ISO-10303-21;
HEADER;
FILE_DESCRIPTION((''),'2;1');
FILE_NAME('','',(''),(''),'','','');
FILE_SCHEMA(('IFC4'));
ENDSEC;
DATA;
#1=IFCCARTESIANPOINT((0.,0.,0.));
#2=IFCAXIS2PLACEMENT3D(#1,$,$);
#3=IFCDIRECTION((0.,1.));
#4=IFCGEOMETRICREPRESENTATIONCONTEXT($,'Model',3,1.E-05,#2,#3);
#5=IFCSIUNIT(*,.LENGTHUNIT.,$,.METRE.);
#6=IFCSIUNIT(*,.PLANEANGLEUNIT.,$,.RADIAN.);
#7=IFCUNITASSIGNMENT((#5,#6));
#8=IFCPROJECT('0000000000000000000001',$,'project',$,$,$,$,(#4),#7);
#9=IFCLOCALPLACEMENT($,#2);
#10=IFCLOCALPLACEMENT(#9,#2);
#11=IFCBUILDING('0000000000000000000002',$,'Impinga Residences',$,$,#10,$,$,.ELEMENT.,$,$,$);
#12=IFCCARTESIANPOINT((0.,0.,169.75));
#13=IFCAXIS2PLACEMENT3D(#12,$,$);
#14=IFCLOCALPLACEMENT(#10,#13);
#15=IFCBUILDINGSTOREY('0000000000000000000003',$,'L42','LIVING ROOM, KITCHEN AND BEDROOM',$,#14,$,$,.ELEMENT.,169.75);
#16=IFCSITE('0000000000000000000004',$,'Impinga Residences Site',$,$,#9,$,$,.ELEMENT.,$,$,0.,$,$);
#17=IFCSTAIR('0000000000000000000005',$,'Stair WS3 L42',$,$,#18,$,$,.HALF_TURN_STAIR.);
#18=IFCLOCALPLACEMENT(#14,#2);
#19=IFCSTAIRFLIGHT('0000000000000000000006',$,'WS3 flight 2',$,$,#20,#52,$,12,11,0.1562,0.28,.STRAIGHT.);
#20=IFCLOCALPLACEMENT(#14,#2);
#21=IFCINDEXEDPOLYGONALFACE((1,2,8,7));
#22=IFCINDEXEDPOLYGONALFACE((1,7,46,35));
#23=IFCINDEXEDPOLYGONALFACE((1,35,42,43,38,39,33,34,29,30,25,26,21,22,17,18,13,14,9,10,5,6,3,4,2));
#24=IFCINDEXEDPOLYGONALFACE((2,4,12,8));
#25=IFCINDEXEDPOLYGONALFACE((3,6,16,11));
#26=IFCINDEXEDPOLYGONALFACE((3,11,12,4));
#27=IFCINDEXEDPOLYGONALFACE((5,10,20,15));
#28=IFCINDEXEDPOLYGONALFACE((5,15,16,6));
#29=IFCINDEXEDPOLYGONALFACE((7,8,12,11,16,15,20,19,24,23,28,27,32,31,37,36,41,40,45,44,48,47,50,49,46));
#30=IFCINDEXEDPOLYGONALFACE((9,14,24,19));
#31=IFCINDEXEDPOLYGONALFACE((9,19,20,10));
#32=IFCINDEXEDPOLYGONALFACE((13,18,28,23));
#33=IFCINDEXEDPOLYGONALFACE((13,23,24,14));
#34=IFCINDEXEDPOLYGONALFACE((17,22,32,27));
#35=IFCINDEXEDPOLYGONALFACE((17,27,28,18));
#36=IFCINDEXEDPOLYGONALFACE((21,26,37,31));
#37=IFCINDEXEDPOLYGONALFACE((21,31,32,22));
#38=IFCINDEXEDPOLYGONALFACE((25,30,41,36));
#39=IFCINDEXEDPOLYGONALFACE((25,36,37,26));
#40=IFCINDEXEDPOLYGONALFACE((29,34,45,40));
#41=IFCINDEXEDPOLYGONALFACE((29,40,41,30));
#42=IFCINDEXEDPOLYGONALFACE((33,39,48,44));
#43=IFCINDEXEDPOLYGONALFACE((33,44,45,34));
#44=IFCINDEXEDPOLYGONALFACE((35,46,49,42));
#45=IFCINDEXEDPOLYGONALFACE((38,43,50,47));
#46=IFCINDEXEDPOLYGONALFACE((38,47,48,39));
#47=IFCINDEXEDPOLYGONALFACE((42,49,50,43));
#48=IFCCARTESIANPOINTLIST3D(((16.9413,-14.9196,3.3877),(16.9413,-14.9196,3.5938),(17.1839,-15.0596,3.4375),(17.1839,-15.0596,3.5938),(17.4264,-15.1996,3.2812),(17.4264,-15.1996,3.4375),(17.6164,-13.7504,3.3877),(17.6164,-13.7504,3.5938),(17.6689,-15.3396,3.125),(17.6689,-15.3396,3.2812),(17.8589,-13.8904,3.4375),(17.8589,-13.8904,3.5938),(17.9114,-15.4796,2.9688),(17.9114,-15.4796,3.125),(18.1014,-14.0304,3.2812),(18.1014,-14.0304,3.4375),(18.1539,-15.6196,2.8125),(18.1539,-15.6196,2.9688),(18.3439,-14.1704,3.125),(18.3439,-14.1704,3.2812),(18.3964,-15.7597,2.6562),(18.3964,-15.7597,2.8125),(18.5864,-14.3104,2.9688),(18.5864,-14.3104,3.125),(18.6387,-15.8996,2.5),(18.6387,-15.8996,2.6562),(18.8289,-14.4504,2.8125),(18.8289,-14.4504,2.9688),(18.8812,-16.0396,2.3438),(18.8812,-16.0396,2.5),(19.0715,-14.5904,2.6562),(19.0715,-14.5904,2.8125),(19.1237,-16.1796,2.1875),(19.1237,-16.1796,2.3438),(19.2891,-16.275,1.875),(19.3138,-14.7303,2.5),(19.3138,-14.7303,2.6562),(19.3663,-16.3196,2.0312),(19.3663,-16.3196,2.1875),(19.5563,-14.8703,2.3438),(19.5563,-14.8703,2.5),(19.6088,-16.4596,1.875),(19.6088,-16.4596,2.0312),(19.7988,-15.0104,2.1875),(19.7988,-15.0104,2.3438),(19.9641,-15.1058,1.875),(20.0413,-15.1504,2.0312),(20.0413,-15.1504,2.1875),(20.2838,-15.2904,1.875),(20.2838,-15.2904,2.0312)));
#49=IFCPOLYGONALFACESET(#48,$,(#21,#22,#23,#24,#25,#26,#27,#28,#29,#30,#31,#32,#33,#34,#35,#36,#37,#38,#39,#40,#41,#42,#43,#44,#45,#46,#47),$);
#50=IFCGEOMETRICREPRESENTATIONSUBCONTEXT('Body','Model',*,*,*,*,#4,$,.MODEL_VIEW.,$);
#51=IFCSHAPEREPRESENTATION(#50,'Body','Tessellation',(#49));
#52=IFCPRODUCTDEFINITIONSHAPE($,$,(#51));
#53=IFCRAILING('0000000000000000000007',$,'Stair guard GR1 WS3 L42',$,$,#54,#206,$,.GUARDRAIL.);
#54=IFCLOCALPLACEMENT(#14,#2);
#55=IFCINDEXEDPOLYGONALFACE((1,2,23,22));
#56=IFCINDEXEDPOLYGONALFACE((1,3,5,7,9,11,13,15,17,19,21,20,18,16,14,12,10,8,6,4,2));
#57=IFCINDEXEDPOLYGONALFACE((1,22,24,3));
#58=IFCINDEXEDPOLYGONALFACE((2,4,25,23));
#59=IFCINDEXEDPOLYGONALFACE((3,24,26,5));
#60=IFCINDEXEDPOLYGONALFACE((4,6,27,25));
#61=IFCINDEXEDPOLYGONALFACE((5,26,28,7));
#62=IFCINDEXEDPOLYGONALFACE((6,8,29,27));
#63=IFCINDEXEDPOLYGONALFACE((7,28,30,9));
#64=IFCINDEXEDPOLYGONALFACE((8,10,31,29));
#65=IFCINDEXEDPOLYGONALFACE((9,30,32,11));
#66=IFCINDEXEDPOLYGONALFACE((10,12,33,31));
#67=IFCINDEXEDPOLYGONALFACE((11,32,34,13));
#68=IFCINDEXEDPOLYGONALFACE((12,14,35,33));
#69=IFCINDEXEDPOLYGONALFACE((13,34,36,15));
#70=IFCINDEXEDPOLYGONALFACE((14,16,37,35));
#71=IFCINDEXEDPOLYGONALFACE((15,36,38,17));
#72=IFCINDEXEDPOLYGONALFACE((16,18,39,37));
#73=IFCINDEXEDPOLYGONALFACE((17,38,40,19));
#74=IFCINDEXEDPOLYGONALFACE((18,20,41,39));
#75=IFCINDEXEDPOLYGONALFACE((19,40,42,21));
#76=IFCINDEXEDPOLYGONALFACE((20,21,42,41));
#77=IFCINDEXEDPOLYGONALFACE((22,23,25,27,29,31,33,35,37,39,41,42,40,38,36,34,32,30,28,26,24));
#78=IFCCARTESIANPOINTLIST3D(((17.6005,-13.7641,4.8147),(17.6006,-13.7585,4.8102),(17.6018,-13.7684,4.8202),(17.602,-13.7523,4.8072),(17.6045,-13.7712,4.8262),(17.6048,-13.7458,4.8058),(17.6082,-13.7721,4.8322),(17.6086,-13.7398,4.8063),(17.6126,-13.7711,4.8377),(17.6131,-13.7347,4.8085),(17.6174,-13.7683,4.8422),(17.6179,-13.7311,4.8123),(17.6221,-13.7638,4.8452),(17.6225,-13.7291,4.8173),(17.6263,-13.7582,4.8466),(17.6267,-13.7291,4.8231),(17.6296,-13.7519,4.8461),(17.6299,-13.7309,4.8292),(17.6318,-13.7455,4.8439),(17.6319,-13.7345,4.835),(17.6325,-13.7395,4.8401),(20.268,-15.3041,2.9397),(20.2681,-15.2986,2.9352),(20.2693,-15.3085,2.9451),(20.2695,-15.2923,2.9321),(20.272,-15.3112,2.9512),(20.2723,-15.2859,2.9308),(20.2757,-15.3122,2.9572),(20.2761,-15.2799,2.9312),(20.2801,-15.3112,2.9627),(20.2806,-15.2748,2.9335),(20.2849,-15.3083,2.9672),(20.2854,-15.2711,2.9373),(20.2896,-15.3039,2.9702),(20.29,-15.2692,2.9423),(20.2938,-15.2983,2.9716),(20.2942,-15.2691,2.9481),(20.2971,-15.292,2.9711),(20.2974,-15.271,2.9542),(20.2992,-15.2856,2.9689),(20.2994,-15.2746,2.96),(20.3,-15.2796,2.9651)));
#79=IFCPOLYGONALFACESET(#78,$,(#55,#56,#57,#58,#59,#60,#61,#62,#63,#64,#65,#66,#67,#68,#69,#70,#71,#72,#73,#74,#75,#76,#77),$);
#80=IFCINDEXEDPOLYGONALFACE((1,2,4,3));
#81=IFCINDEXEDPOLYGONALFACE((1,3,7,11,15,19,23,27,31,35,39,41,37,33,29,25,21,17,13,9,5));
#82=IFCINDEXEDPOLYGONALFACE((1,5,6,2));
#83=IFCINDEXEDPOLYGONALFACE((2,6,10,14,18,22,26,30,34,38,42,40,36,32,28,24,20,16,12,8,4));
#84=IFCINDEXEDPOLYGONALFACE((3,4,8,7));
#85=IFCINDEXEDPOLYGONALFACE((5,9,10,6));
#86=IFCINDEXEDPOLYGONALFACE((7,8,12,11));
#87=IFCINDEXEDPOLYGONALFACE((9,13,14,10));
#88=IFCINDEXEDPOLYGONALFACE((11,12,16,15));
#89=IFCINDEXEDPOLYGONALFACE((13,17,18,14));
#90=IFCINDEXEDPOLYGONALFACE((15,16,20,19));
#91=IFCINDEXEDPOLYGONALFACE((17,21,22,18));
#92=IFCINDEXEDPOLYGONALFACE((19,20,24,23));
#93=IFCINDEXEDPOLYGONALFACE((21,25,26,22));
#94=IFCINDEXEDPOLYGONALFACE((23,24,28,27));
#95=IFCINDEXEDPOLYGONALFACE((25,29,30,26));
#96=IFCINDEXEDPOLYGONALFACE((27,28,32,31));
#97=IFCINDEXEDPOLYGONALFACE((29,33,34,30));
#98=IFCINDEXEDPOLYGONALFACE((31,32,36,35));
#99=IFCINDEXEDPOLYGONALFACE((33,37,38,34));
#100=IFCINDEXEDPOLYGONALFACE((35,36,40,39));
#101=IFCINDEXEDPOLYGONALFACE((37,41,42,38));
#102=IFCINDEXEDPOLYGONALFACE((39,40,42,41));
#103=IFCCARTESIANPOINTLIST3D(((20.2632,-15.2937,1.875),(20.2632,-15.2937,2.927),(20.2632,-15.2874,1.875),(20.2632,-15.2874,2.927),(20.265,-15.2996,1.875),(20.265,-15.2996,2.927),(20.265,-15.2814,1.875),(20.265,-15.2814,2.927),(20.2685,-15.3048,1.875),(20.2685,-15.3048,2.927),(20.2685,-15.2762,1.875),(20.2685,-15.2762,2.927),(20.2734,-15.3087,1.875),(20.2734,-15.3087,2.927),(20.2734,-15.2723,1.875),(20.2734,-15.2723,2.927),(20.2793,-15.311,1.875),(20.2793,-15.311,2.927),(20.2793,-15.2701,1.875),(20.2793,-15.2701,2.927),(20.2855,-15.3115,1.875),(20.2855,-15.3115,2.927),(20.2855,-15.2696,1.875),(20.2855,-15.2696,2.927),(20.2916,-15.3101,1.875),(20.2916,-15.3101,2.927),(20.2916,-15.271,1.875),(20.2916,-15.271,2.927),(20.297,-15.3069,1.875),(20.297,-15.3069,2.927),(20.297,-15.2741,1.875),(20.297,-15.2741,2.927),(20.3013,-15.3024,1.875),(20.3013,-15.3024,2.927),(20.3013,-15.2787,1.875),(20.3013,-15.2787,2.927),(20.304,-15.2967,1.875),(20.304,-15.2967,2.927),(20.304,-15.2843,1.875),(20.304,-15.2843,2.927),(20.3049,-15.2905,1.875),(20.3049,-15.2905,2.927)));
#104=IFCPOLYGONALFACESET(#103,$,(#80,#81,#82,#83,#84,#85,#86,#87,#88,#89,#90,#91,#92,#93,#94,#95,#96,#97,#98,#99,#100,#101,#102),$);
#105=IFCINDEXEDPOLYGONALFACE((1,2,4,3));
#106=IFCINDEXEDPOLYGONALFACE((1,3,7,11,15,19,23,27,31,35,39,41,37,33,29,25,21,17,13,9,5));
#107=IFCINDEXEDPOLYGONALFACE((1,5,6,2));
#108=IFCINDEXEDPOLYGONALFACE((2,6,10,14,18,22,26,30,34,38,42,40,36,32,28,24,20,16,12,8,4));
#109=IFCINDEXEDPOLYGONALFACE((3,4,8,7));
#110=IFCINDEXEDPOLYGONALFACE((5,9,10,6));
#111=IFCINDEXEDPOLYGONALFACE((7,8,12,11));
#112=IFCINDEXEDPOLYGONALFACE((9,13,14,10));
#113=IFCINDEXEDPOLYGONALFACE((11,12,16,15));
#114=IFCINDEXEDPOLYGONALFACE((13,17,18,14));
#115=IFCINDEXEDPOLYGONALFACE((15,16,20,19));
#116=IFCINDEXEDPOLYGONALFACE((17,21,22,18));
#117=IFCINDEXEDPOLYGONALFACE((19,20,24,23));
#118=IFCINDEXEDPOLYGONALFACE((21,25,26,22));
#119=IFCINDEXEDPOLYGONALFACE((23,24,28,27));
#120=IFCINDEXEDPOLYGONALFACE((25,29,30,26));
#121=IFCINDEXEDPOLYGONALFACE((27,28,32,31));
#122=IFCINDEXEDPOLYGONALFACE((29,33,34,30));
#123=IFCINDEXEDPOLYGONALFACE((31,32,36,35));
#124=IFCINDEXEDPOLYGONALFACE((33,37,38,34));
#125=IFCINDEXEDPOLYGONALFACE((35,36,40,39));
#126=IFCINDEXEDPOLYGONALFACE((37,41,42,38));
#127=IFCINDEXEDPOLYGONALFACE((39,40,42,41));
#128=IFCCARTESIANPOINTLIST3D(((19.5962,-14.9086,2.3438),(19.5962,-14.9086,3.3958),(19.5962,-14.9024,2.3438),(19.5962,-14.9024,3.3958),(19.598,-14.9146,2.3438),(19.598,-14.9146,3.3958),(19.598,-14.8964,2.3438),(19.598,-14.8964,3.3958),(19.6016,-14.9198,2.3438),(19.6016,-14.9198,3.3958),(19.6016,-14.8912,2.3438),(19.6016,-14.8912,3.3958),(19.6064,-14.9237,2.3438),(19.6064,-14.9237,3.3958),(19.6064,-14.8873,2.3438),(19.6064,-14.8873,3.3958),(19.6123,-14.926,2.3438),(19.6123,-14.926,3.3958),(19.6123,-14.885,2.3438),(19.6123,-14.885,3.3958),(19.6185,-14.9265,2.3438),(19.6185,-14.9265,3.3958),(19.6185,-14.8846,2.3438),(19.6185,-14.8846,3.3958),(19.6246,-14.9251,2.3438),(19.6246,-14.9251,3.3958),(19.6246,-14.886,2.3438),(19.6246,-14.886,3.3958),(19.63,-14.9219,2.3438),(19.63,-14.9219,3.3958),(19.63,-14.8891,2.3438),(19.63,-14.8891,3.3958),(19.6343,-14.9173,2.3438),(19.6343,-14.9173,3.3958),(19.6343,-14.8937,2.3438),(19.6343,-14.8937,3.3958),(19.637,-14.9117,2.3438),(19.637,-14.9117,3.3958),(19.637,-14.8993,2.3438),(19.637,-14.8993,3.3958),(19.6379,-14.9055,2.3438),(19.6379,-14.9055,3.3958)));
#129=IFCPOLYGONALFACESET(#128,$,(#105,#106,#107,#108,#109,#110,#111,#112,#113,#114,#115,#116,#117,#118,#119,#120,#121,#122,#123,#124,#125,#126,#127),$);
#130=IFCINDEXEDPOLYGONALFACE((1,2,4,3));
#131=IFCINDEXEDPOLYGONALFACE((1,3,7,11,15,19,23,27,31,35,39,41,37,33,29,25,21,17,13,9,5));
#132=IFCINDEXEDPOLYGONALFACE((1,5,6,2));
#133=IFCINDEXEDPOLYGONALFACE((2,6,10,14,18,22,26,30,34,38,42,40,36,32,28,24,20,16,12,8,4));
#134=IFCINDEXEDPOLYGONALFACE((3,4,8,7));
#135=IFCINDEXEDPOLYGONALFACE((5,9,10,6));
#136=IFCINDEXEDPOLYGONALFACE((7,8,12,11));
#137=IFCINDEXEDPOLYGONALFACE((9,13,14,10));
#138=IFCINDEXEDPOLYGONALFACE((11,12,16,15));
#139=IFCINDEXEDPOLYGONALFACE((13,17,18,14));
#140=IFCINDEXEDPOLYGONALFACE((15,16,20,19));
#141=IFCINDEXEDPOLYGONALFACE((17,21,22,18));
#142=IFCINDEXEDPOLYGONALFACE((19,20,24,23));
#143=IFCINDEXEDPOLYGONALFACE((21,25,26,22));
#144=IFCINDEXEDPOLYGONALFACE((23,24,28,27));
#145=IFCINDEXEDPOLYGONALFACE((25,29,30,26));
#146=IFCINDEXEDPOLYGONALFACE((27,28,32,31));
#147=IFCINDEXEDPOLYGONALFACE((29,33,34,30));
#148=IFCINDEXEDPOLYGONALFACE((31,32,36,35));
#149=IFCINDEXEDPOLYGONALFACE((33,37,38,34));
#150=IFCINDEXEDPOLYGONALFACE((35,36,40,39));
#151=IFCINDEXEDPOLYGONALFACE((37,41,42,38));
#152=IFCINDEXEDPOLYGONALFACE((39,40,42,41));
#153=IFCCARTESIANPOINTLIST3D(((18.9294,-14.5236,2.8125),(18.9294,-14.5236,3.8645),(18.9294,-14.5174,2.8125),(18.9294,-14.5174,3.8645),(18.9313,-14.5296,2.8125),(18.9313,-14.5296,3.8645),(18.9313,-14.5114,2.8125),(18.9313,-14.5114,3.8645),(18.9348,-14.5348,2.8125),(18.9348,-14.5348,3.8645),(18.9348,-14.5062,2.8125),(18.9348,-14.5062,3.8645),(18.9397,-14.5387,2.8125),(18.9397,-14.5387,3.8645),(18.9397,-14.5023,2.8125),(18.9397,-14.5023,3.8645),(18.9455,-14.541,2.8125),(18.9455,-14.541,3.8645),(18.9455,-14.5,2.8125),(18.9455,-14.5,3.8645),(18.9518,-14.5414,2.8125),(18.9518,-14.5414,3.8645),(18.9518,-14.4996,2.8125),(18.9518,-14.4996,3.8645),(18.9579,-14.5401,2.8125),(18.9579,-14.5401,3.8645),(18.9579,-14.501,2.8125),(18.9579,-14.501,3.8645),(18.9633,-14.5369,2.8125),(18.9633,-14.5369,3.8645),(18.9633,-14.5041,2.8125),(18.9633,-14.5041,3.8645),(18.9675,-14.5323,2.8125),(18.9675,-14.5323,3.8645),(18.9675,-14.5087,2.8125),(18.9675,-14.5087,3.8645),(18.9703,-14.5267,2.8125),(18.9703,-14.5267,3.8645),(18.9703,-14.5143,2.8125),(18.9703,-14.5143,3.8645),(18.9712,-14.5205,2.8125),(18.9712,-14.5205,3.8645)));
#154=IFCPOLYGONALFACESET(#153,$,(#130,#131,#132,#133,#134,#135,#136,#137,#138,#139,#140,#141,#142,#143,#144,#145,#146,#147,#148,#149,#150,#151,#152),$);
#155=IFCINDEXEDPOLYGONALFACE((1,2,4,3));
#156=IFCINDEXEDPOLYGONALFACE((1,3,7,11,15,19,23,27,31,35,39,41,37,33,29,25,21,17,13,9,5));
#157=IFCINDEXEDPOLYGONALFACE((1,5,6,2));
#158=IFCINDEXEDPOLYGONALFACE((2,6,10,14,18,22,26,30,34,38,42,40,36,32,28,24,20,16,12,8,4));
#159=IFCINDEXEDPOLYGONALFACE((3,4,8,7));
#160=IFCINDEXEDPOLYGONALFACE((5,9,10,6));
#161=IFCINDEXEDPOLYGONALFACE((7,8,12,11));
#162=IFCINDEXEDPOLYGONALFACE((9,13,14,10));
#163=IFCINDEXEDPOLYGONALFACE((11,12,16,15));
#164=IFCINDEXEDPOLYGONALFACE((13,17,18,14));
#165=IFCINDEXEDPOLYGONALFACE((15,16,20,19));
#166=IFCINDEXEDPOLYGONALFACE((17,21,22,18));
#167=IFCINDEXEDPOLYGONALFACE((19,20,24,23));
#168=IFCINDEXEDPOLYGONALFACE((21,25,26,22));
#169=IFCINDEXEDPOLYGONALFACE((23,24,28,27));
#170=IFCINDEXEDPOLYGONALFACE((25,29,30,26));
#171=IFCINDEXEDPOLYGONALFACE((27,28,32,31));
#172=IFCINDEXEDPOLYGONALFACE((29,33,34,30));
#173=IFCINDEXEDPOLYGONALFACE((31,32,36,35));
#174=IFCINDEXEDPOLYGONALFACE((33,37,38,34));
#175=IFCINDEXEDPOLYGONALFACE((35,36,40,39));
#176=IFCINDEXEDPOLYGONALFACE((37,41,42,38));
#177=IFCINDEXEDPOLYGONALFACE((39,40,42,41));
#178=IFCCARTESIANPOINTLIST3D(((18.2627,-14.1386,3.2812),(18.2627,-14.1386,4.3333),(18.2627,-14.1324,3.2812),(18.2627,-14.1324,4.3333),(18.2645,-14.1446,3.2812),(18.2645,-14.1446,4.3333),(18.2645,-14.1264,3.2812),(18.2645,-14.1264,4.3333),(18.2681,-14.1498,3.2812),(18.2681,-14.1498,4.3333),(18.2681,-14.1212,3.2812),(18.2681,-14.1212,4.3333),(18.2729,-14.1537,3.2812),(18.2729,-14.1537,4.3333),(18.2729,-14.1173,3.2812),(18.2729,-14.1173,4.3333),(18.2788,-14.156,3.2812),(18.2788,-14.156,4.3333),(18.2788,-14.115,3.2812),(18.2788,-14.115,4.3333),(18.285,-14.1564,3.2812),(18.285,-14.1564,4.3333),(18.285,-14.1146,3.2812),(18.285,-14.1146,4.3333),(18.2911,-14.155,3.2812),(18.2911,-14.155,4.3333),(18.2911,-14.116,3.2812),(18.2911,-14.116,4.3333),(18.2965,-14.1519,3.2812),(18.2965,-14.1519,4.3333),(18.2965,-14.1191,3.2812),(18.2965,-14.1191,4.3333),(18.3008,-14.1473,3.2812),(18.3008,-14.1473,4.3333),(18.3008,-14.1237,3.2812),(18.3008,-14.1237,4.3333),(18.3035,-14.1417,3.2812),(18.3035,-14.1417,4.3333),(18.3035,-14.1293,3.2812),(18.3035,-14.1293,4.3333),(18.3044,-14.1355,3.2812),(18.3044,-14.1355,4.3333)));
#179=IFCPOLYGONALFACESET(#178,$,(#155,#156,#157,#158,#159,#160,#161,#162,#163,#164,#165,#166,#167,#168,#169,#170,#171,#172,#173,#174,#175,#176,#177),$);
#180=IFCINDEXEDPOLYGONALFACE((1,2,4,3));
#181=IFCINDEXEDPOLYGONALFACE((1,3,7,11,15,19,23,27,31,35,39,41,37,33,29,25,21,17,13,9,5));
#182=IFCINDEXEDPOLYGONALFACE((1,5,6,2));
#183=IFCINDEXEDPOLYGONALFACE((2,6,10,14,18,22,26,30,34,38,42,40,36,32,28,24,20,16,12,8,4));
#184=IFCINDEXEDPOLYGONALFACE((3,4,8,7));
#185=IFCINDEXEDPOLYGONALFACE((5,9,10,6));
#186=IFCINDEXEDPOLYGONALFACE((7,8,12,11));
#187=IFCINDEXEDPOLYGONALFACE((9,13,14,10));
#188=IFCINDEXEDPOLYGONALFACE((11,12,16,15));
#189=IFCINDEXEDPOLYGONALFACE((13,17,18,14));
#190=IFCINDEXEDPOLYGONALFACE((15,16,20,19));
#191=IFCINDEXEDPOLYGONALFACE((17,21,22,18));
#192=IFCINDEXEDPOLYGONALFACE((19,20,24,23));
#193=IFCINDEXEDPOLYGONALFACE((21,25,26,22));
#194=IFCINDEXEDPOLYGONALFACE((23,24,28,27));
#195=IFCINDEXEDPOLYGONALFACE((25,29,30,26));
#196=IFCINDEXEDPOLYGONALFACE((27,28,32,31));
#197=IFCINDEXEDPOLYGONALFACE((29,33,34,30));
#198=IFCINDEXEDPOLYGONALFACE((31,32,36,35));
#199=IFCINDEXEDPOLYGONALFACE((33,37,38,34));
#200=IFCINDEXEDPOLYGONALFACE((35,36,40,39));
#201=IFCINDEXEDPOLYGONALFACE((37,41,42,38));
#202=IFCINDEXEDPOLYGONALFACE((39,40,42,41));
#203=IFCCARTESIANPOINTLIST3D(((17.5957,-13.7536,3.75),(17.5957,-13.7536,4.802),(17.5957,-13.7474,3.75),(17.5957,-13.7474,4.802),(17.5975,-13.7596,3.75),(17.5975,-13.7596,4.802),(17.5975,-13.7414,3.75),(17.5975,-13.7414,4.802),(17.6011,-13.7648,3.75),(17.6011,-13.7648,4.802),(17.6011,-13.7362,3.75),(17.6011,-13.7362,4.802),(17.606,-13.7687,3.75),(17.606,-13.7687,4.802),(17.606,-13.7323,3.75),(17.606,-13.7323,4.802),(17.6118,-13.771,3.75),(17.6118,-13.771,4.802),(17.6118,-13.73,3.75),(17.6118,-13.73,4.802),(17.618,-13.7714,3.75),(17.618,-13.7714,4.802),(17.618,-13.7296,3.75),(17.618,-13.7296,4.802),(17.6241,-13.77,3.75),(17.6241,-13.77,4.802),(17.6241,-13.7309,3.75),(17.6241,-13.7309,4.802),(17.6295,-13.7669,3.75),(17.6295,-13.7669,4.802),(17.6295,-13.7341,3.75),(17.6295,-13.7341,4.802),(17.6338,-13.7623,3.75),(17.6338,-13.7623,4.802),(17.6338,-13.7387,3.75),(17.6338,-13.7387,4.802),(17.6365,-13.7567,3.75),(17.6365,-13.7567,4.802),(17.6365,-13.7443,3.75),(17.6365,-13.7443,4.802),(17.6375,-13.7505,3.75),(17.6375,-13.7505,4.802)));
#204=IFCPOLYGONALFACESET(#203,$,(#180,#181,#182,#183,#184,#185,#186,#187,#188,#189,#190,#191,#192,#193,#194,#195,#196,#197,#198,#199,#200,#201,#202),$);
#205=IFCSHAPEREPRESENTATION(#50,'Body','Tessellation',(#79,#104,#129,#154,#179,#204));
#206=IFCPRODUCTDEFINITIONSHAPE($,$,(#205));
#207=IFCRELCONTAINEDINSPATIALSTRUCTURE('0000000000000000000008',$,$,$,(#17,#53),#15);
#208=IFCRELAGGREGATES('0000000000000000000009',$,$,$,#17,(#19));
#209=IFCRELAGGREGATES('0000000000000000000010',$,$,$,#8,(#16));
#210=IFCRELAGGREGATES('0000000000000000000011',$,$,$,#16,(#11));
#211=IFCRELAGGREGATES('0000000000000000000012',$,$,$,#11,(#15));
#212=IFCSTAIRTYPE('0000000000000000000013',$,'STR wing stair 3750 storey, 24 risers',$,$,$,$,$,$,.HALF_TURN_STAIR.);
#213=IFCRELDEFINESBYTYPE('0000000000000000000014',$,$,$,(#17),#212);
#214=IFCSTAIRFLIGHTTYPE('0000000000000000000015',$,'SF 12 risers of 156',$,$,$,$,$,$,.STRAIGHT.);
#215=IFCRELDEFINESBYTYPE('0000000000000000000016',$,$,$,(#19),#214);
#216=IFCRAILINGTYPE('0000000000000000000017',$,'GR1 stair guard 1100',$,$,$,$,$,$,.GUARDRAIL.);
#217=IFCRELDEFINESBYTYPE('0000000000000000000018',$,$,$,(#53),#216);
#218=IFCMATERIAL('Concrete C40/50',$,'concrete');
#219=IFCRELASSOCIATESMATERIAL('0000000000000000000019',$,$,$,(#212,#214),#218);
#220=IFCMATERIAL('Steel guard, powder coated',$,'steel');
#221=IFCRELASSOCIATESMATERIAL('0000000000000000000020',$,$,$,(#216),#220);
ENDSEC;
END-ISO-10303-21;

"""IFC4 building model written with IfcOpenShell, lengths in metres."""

from ifc_helpers import new_model, si_unit, direction, frame, origin, origin_2d, place, context, subcontext, project, spatial, polyline, circle, outline, extrude, material, type_object, element, aggregate, save


model = new_model("IFC4")

# Units and contexts
model_context = context("Model", 3, precision=1e-05, world=origin(), true_north=direction((0.0, 1.0)))
body_context = subcontext(model_context, "Body", "Model", "MODEL_VIEW")
ifc_project = project(units=[si_unit("LENGTHUNIT", "METRE"), si_unit("PLANEANGLEUNIT", "RADIAN")], contexts=[model_context])

# Site, building, storey
site_placement = place(None, origin())
site = spatial("IfcSite", under=ifc_project, at=site_placement, Name="Impinga Residences Site", CompositionType="ELEMENT", RefElevation=0.0)
building_placement = place(site_placement, origin())
building = spatial("IfcBuilding", under=site, at=building_placement, Name="Impinga Residences", CompositionType="ELEMENT")
storey_placement = place(building_placement, frame((0.0, 0.0, 169.75)))
storey = spatial("IfcBuildingStorey", under=building, at=storey_placement, Name="L42", Description="LIVING ROOM, KITCHEN AND BEDROOM", CompositionType="ELEMENT", Elevation=169.75)

# Stair, stair flight
ifc_material_1 = material(Name="Concrete C40/50", Category="concrete")
stair_type = type_object("IfcStairType", Name="STR wing stair 3750 storey, 24 risers", PredefinedType="HALF_TURN_STAIR", material=ifc_material_1)
stair_placement = place(storey_placement, origin())
stair = element("IfcStair", 1, at=stair_placement, inside=storey, type_object=stair_type, Name="Stair WS3 L42", PredefinedType="HALF_TURN_STAIR")
stair_flight_type = type_object("IfcStairFlightType", Name="SF 12 risers of 156", PredefinedType="STRAIGHT", material=ifc_material_1)
stair_flight_1_placement = place(storey_placement, frame((19.9463, -15.875, 1.875), z_axis=(0.0, 0.0, 1.0), x_axis=(-0.866025, 0.5, 0.0)))
stair_flight_1 = element("IfcStairFlight", 2, at=stair_flight_1_placement, type_object=stair_flight_type, Name="WS3 flight 2", NumberOfRisers=12, NumberOfTreads=11, PredefinedType="STRAIGHT", RiserHeight=0.1562, TreadLength=0.28, context=body_context, shape_type="SweptSolid", body=[
    extrude(outline(polyline([(0.0, 0.0), (0.0, 0.1562), (0.28, 0.1562), (0.28, 0.3125), (0.5601, 0.3125), (0.5601, 0.4688), (0.8401, 0.4688), (0.8401, 0.625), (1.1201, 0.625), (1.1201, 0.7812), (1.3999, 0.7812), (1.3999, 0.9375), (1.6799, 0.9375), (1.6799, 1.0938), (1.96, 1.0938), (1.96, 1.25), (2.24, 1.25), (2.24, 1.4062), (2.52, 1.4062), (2.52, 1.5625), (2.8, 1.5625), (2.8, 1.7188), (3.0801, 1.7188), (3.0801, 1.875), (3.0801, 1.5127), (0.3691, 0.0), (0.0, 0.0)])), frame((0.0, 0.675, 0.0), z_axis=(0.0, -1.0, 0.0), x_axis=(1.0, 0.0, 0.0)), (0.0, 0.0, 1.0), 1.3501),
])
aggregate(stair, [stair_flight_1])

# Railing
ifc_material_2 = material(Name="Steel guard, powder coated", Category="steel")
railing_type_1 = type_object("IfcRailingType", Name="GR1 stair guard 1100", PredefinedType="GUARDRAIL", material=ifc_material_2)
railing_1_placement = place(storey_placement, frame((20.2839, -15.2905, 1.875)))
element("IfcRailing", 3, at=railing_1_placement, inside=storey, type_object=railing_type_1, Name="Stair guard GR1 WS3 L42", PredefinedType="GUARDRAIL", context=body_context, shape_type="SweptSolid", body=[
    extrude(circle(Radius=0.0239, at=origin_2d()), frame((0.0, 0.0, 1.0762), z_axis=(-0.739746, 0.427084, 0.519975), x_axis=(-0.499992, -0.86603, 0.0)), (0.0, 0.0, 1.0), 3.606),
    extrude(circle(Radius=0.021, at=origin_2d()), origin(), (0.0, 0.0, 1.0), 1.052),
    extrude(circle(Radius=0.021, at=origin_2d()), frame((-0.667, 0.385, 0.4688)), (0.0, 0.0, 1.0), 1.052),
    extrude(circle(Radius=0.021, at=origin_2d()), frame((-1.3337, 0.77, 0.9375)), (0.0, 0.0, 1.0), 1.052),
    extrude(circle(Radius=0.021, at=origin_2d()), frame((-2.0005, 1.155, 1.4062)), (0.0, 0.0, 1.0), 1.052),
    extrude(circle(Radius=0.021, at=origin_2d()), frame((-2.6675, 1.54, 1.875)), (0.0, 0.0, 1.0), 1.052),
])

save(model, "model.ifc")
